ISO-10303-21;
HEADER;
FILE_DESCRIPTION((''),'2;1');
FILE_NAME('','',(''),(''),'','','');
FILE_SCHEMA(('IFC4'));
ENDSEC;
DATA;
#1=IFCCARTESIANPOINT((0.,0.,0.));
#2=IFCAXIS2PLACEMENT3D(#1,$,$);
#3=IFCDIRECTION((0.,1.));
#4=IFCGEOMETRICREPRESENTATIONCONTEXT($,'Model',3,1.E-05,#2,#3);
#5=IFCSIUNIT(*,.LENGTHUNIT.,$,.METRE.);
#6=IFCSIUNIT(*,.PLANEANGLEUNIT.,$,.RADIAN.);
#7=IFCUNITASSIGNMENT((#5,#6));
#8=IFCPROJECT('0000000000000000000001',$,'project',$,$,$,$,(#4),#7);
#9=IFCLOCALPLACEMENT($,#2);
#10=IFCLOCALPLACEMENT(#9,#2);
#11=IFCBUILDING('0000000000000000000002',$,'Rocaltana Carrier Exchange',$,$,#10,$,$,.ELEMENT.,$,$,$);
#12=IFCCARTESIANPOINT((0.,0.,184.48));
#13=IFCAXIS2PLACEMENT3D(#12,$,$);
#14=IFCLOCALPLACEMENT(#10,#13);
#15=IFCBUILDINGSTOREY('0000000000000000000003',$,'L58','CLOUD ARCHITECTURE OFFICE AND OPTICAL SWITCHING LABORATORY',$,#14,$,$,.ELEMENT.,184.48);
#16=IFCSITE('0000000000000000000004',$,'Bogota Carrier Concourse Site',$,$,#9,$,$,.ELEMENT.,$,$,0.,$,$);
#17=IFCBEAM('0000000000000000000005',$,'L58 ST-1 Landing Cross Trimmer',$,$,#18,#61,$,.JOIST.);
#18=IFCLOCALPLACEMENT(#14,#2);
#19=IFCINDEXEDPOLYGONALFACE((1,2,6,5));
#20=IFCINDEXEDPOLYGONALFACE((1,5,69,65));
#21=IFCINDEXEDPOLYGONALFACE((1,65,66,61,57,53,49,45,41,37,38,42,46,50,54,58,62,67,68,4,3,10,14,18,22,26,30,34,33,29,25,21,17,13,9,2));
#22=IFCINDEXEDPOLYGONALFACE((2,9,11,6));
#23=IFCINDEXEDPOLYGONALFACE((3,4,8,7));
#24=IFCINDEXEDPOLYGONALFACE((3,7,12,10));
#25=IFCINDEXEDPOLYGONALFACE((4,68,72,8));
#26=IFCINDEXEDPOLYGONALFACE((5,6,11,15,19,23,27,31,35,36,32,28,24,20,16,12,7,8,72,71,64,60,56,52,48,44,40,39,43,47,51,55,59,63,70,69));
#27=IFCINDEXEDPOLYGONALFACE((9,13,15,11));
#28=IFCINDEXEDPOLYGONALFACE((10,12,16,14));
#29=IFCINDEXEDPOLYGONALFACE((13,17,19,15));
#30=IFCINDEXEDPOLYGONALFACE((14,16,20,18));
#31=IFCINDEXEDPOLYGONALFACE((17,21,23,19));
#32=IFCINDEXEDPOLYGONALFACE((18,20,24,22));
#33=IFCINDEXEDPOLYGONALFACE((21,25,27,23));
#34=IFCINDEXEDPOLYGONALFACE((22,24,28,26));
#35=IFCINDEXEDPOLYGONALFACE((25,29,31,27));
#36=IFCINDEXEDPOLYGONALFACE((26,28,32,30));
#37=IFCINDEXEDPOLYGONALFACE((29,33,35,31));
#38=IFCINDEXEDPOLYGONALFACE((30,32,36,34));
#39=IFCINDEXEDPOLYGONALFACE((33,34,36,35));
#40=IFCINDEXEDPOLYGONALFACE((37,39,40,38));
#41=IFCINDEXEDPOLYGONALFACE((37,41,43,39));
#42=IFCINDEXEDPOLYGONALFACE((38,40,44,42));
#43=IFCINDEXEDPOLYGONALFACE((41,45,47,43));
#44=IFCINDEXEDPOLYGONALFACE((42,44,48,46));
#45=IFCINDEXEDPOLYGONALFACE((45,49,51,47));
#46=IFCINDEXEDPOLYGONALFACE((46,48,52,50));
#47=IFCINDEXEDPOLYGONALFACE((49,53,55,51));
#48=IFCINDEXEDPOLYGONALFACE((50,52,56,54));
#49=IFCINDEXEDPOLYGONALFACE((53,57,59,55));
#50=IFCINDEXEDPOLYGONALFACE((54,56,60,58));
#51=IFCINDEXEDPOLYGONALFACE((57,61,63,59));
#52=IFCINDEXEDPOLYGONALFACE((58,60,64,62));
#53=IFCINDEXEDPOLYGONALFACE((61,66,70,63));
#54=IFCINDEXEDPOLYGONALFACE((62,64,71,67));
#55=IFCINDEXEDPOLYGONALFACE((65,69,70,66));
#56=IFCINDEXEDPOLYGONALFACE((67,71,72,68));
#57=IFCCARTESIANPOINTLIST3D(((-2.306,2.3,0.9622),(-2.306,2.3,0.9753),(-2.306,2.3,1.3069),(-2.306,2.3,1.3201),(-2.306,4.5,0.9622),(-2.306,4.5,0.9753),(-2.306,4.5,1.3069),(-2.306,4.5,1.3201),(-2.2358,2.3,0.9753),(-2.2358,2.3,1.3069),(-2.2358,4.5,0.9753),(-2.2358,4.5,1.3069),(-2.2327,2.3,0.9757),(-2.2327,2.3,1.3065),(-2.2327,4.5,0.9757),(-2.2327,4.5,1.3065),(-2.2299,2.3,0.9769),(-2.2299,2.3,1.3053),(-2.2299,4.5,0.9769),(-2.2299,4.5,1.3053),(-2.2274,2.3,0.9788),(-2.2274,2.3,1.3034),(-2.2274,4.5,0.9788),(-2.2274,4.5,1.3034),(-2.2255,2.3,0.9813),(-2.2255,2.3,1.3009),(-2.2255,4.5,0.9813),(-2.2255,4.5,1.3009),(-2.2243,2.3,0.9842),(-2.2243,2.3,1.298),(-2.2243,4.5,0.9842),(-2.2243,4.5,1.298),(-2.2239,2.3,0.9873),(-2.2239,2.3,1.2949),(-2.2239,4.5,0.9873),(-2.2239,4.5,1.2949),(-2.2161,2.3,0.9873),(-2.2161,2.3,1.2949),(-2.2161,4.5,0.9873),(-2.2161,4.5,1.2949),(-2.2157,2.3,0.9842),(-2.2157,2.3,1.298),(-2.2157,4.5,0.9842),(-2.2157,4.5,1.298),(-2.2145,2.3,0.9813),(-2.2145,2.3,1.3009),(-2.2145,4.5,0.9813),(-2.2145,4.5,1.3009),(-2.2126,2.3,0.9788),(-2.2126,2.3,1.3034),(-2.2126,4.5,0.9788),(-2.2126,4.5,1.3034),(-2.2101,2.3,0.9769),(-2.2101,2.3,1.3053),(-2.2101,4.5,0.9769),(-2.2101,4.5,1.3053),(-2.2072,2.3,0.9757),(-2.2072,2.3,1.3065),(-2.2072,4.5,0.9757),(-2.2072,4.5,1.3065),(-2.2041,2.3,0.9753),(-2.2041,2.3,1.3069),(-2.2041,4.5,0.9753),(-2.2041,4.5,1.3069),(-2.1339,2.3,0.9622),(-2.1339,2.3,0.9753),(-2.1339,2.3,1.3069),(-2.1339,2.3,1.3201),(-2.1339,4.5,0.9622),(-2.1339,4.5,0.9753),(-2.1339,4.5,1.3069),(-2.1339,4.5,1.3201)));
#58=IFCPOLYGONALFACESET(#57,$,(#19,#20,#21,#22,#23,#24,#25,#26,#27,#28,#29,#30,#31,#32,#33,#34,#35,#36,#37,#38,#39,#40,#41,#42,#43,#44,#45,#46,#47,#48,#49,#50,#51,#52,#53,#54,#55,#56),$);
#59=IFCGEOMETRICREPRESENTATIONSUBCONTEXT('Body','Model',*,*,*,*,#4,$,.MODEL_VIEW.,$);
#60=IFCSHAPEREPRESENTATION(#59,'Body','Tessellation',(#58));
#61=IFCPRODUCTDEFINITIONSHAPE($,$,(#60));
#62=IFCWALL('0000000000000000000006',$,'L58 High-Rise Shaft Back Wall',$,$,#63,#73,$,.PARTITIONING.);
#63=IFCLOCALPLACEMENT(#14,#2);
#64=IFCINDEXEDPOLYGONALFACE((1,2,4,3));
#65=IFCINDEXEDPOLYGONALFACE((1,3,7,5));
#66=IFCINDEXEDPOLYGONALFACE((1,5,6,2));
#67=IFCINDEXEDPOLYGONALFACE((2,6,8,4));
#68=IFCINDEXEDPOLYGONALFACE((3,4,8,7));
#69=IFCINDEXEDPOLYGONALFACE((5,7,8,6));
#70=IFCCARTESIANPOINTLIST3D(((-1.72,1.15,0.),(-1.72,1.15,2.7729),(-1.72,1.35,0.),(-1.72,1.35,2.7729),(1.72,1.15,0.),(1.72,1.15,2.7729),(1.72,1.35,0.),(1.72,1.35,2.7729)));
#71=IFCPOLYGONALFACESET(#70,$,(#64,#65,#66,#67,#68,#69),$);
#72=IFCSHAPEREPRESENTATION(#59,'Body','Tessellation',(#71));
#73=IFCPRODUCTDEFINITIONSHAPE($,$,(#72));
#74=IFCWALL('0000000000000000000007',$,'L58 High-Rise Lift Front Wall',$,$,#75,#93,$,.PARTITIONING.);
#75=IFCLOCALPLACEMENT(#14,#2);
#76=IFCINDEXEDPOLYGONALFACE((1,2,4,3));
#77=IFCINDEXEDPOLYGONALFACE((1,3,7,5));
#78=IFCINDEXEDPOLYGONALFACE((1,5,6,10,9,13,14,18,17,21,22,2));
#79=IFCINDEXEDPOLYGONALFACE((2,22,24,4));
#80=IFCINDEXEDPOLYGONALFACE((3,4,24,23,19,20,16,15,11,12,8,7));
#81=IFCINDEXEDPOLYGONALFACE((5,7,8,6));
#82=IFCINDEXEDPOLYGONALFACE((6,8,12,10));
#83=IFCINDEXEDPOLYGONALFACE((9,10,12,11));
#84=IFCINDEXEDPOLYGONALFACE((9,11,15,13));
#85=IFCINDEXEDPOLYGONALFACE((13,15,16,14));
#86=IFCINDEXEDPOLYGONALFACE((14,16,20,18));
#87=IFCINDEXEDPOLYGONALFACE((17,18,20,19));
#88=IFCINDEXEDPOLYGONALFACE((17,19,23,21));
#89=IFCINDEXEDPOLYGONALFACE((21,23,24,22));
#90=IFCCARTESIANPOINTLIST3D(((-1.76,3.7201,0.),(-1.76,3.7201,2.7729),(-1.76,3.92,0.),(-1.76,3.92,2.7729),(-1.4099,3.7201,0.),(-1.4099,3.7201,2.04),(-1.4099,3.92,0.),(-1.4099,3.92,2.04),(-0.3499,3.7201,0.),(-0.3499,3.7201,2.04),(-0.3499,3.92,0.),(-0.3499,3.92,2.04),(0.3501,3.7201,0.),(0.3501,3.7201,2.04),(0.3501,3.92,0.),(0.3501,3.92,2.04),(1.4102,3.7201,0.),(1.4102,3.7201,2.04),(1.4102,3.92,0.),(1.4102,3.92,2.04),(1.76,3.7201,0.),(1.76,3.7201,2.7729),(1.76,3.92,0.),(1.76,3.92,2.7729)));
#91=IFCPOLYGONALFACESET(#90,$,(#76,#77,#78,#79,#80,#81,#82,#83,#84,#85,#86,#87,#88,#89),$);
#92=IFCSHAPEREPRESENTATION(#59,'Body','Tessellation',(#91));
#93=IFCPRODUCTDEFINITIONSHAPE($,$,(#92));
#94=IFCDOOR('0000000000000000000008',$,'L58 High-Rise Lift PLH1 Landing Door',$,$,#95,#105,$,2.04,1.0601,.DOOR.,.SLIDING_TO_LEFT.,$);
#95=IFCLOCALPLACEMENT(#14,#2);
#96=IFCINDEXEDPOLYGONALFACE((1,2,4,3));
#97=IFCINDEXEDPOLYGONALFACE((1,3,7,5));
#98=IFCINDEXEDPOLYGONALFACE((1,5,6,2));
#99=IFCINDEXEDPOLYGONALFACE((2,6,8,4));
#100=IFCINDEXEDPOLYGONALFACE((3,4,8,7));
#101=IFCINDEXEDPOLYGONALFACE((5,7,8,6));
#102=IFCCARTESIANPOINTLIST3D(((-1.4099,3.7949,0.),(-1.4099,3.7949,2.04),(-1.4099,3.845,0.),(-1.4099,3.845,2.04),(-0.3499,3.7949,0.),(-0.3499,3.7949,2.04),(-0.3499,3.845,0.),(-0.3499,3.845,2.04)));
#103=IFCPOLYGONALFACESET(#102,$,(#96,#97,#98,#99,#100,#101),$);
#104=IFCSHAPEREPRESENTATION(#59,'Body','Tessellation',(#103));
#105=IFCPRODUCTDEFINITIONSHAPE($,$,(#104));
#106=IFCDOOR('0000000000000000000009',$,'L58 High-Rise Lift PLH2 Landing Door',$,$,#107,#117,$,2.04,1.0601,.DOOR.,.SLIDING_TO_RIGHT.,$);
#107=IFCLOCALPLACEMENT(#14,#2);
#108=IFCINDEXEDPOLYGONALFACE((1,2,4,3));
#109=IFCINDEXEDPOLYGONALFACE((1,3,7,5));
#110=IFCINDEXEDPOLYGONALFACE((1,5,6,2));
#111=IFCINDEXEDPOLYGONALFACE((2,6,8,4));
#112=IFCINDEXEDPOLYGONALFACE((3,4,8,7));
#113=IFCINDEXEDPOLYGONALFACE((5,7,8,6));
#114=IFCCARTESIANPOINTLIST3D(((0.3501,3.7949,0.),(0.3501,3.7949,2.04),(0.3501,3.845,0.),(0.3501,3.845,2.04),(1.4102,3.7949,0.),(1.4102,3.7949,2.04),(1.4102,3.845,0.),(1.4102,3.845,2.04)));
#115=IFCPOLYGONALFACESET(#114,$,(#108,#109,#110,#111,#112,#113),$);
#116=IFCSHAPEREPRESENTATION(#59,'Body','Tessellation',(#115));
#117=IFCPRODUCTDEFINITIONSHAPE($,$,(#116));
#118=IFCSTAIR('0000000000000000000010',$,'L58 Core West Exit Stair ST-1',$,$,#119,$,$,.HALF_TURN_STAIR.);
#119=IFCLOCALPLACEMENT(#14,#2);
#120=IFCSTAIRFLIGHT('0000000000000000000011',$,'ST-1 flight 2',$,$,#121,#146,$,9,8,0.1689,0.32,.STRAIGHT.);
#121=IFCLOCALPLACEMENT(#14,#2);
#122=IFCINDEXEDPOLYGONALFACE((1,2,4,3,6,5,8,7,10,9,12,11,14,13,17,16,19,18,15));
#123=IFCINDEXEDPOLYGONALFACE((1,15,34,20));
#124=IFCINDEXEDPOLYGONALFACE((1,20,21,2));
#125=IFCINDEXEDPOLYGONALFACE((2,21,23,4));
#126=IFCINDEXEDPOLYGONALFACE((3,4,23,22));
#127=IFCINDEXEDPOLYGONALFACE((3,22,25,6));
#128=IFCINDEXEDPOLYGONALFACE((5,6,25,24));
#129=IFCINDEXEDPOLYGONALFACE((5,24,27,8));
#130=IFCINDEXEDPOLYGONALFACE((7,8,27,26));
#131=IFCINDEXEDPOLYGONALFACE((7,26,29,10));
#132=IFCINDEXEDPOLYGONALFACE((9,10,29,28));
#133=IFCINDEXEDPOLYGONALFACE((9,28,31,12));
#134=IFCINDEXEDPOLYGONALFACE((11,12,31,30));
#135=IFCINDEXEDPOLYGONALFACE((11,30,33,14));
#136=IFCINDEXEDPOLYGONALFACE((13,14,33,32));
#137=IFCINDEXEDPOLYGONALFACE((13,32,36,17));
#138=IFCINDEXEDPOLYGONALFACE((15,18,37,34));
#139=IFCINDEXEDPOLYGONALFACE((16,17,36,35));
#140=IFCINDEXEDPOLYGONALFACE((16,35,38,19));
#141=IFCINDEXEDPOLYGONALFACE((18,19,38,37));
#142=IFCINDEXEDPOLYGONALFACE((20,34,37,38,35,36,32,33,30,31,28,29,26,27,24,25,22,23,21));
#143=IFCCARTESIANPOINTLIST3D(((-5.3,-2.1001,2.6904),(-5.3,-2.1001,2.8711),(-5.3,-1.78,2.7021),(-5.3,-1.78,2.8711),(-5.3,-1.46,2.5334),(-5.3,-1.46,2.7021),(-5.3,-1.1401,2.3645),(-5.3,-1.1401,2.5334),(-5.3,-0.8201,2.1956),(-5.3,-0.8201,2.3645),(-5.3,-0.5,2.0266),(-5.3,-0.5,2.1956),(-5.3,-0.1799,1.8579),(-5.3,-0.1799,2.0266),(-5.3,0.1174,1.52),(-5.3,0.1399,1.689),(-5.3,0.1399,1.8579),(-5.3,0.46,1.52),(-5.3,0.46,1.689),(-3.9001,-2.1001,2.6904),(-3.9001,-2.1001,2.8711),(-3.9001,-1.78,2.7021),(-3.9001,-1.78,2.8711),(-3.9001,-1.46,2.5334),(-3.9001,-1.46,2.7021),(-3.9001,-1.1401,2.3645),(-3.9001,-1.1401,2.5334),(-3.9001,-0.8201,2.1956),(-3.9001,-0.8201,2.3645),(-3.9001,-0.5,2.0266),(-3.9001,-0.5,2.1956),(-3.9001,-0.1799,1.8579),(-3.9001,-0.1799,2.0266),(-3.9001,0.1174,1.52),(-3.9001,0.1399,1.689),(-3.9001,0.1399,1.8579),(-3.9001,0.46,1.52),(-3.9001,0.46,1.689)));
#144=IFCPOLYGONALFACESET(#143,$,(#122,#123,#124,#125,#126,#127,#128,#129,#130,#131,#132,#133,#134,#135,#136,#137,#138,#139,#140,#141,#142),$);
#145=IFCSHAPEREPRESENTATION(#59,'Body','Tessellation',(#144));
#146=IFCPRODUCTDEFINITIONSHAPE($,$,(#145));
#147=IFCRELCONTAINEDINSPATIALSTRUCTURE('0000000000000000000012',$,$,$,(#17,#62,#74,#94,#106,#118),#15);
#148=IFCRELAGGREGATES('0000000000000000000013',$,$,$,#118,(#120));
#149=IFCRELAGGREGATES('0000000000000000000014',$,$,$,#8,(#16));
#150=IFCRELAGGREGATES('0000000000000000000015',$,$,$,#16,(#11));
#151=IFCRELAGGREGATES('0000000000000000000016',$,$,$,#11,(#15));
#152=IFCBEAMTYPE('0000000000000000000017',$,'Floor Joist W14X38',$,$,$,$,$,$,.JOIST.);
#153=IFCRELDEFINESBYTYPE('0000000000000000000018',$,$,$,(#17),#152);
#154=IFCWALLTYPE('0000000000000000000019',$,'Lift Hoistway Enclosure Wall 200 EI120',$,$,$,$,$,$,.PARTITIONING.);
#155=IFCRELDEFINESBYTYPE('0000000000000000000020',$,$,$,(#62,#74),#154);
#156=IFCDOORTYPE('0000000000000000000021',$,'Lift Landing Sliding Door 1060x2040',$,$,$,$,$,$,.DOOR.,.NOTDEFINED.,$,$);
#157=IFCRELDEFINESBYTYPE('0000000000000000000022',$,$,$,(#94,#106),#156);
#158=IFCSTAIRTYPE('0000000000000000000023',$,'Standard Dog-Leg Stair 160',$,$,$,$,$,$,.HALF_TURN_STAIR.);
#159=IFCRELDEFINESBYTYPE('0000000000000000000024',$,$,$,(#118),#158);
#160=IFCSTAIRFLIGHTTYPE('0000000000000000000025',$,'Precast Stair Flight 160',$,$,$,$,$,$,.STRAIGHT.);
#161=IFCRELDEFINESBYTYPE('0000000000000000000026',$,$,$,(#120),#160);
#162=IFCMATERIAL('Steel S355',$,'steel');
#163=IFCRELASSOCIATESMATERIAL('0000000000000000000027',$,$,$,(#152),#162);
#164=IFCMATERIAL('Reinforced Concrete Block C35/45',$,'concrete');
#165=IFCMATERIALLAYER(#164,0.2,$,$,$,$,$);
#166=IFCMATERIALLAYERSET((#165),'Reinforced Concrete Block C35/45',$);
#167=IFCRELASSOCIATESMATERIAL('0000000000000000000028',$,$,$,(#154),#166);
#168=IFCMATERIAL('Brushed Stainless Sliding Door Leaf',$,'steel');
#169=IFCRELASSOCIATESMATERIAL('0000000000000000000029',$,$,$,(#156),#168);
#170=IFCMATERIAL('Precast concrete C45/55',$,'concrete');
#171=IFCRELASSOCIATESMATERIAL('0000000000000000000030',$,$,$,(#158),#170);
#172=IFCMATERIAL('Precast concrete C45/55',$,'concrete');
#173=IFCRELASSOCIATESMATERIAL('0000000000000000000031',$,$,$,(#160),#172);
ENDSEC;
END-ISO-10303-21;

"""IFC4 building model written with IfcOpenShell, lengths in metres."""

from ifc_helpers import new_model, si_unit, direction, frame, frame_2d, origin, origin_2d, place, context, subcontext, project, spatial, polyline, rectangle, i_section, outline, extrude, material, layer, layer_set, material_profile, profile_set, type_object, element, fill, aggregate, save


model = new_model("IFC4")

# Units and contexts
model_context = context("Model", 3, precision=1e-05, world=origin(), true_north=direction((0.0, 1.0)))
body_context = subcontext(model_context, "Body", "Model", "MODEL_VIEW")
ifc_project = project(units=[si_unit("LENGTHUNIT", "METRE"), si_unit("PLANEANGLEUNIT", "RADIAN")], contexts=[model_context])

# Site, building, storey
site_placement = place(None, origin())
site = spatial("IfcSite", under=ifc_project, at=site_placement, Name="Bogota Carrier Concourse Site", CompositionType="ELEMENT", RefElevation=0.0)
building_placement = place(site_placement, origin())
building = spatial("IfcBuilding", under=site, at=building_placement, Name="Rocaltana Carrier Exchange", CompositionType="ELEMENT")
storey_placement = place(building_placement, frame((0.0, 0.0, 184.48)))
storey = spatial("IfcBuildingStorey", under=building, at=storey_placement, Name="L58", Description="CLOUD ARCHITECTURE OFFICE AND OPTICAL SWITCHING LABORATORY", CompositionType="ELEMENT", Elevation=184.48)

# Beam
ifc_material_1 = material(Name="Steel S355", Category="steel")
ifc_material_profile = material_profile(ifc_material_1, i_section(OverallWidth=0.1721, OverallDepth=0.3579, WebThickness=0.0078, FlangeThickness=0.0132, FilletRadius=0.012, at=origin_2d()), Name="W14X38")
ifc_profile_set = profile_set([ifc_material_profile], Name="Steel S355")
beam_type = type_object("IfcBeamType", Name="Floor Joist W14X38", PredefinedType="JOIST", material=ifc_profile_set)
beam_placement = place(storey_placement, frame((-2.22, 2.3, 1.1411), z_axis=(0.0, 1.0, 0.0), x_axis=(-1.0, 0.0, 0.0)))
element("IfcBeam", 1, at=beam_placement, inside=storey, type_object=beam_type, Name="L58 ST-1 Landing Cross Trimmer", PredefinedType="JOIST", context=body_context, shape_type="SweptSolid", body=[
    extrude(i_section(OverallWidth=0.1721, OverallDepth=0.3579, WebThickness=0.0078, FlangeThickness=0.0132, FilletRadius=0.012, at=origin_2d()), origin(), (0.0, 0.0, 1.0), 2.2),
])

# Wall
ifc_material_2 = material(Name="Reinforced Concrete Block C35/45", Category="concrete")
ifc_layer_1 = layer(ifc_material_2, 0.2)
ifc_layer_set_1 = layer_set([ifc_layer_1], Name="Reinforced Concrete Block C35/45")
wall_type = type_object("IfcWallType", Name="Lift Hoistway Enclosure Wall 200 EI120", PredefinedType="PARTITIONING", material=ifc_layer_set_1)
wall_1_placement = place(storey_placement, frame((-1.72, 1.25, 0.0), z_axis=(0.0, 0.0, 1.0), x_axis=(1.0, 0.0, 0.0)))
element("IfcWall", 2, at=wall_1_placement, inside=storey, type_object=wall_type, Name="L58 High-Rise Shaft Back Wall", PredefinedType="PARTITIONING", context=body_context, shape_type="SweptSolid", body=[
    extrude(rectangle(XDim=3.4399, YDim=0.2, at=frame_2d((1.72, 0.0))), origin(), (0.0, 0.0, 1.0), 2.7729),
])

# Wall, openings, doors
wall_2_placement = place(storey_placement, frame((-1.76, 3.8201, 0.0), z_axis=(0.0, 0.0, 1.0), x_axis=(1.0, 0.0, 0.0)))
wall_2 = element("IfcWall", 3, at=wall_2_placement, inside=storey, type_object=wall_type, Name="L58 High-Rise Lift Front Wall", PredefinedType="PARTITIONING", context=body_context, shape_type="SweptSolid", body=[
    extrude(rectangle(XDim=3.52, YDim=0.2, at=frame_2d((1.76, 0.0))), origin(), (0.0, 0.0, 1.0), 2.7729),
])
opening_1_placement = place(wall_2_placement, frame((0.3501, 0.0, 0.0)))
opening_1 = element("IfcOpeningElement", 4, at=opening_1_placement, cuts=wall_2, PredefinedType="OPENING", context=body_context, shape_type="SweptSolid", body=[
    extrude(rectangle(XDim=1.0601, YDim=2.04, at=frame_2d((0.53, 1.02))), frame((0.0, 0.1099, 0.0), z_axis=(0.0, -1.0, 0.0), x_axis=(1.0, 0.0, 0.0)), (0.0, 0.0, 1.0), 0.22),
])
opening_2_placement = place(wall_2_placement, frame((2.1101, 0.0, 0.0)))
opening_2 = element("IfcOpeningElement", 5, at=opening_2_placement, cuts=wall_2, PredefinedType="OPENING", context=body_context, shape_type="SweptSolid", body=[
    extrude(rectangle(XDim=1.0601, YDim=2.04, at=frame_2d((0.53, 1.02))), frame((0.0, 0.1099, 0.0), z_axis=(0.0, -1.0, 0.0), x_axis=(1.0, 0.0, 0.0)), (0.0, 0.0, 1.0), 0.22),
])
ifc_material_3 = material(Name="Brushed Stainless Sliding Door Leaf", Category="steel")
door_type = type_object("IfcDoorType", Name="Lift Landing Sliding Door 1060x2040", OperationType="NOTDEFINED", PredefinedType="DOOR", material=ifc_material_3)
door_1_placement = place(opening_1_placement, origin())
door_1 = element("IfcDoor", 6, at=door_1_placement, inside=storey, type_object=door_type, Name="L58 High-Rise Lift PLH1 Landing Door", OperationType="SLIDING_TO_LEFT", OverallHeight=2.04, OverallWidth=1.0601, PredefinedType="DOOR", context=body_context, shape_type="SweptSolid", body=[
    extrude(rectangle(XDim=1.0601, YDim=2.04, at=frame_2d((0.53, 1.02))), frame((0.0, 0.0249, 0.0), z_axis=(0.0, -1.0, 0.0), x_axis=(1.0, 0.0, 0.0)), (0.0, 0.0, 1.0), 0.05),
])
fill(opening_1, door_1)
door_2_placement = place(opening_2_placement, origin())
door_2 = element("IfcDoor", 7, at=door_2_placement, inside=storey, type_object=door_type, Name="L58 High-Rise Lift PLH2 Landing Door", OperationType="SLIDING_TO_RIGHT", OverallHeight=2.04, OverallWidth=1.0601, PredefinedType="DOOR", context=body_context, shape_type="SweptSolid", body=[
    extrude(rectangle(XDim=1.0601, YDim=2.04, at=frame_2d((0.53, 1.02))), frame((0.0, 0.0249, 0.0), z_axis=(0.0, -1.0, 0.0), x_axis=(1.0, 0.0, 0.0)), (0.0, 0.0, 1.0), 0.05),
])
fill(opening_2, door_2)

# Stair, stair flight
ifc_material_4 = material(Name="Precast concrete C45/55", Category="concrete")
stair_type = type_object("IfcStairType", Name="Standard Dog-Leg Stair 160", PredefinedType="HALF_TURN_STAIR", material=ifc_material_4)
stair_placement = place(storey_placement, origin())
stair = element("IfcStair", 8, at=stair_placement, inside=storey, type_object=stair_type, Name="L58 Core West Exit Stair ST-1", PredefinedType="HALF_TURN_STAIR")
ifc_material_5 = material(Name="Precast concrete C45/55", Category="concrete")
stair_flight_type = type_object("IfcStairFlightType", Name="Precast Stair Flight 160", PredefinedType="STRAIGHT", material=ifc_material_5)
stair_flight_placement = place(storey_placement, frame((-4.6001, 0.46, 1.52), z_axis=(0.0, 0.0, 1.0), x_axis=(0.0, -1.0, 0.0)))
stair_flight = element("IfcStairFlight", 9, at=stair_flight_placement, type_object=stair_flight_type, Name="ST-1 flight 2", NumberOfRisers=9, NumberOfTreads=8, PredefinedType="STRAIGHT", RiserHeight=0.1689, TreadLength=0.32, context=body_context, shape_type="SweptSolid", body=[
    extrude(outline(polyline([(0.0, 0.0), (0.0, 0.1689), (0.3201, 0.1689), (0.3201, 0.3379), (0.6399, 0.3379), (0.6399, 0.5066), (0.96, 0.5066), (0.96, 0.6755), (1.28, 0.6755), (1.28, 0.8445), (1.6001, 0.8445), (1.6001, 1.0134), (1.9199, 1.0134), (1.9199, 1.1821), (2.24, 1.1821), (2.24, 1.3511), (2.5601, 1.3511), (2.5601, 1.52), (2.5601, 1.1704), (0.3425, 0.0), (0.0, 0.0)])), frame((0.0, 0.7, 0.0), z_axis=(0.0, -1.0, 0.0), x_axis=(1.0, 0.0, 0.0)), (0.0, 0.0, 1.0), 1.3999),
])
aggregate(stair, [stair_flight])

save(model, "model.ifc")
